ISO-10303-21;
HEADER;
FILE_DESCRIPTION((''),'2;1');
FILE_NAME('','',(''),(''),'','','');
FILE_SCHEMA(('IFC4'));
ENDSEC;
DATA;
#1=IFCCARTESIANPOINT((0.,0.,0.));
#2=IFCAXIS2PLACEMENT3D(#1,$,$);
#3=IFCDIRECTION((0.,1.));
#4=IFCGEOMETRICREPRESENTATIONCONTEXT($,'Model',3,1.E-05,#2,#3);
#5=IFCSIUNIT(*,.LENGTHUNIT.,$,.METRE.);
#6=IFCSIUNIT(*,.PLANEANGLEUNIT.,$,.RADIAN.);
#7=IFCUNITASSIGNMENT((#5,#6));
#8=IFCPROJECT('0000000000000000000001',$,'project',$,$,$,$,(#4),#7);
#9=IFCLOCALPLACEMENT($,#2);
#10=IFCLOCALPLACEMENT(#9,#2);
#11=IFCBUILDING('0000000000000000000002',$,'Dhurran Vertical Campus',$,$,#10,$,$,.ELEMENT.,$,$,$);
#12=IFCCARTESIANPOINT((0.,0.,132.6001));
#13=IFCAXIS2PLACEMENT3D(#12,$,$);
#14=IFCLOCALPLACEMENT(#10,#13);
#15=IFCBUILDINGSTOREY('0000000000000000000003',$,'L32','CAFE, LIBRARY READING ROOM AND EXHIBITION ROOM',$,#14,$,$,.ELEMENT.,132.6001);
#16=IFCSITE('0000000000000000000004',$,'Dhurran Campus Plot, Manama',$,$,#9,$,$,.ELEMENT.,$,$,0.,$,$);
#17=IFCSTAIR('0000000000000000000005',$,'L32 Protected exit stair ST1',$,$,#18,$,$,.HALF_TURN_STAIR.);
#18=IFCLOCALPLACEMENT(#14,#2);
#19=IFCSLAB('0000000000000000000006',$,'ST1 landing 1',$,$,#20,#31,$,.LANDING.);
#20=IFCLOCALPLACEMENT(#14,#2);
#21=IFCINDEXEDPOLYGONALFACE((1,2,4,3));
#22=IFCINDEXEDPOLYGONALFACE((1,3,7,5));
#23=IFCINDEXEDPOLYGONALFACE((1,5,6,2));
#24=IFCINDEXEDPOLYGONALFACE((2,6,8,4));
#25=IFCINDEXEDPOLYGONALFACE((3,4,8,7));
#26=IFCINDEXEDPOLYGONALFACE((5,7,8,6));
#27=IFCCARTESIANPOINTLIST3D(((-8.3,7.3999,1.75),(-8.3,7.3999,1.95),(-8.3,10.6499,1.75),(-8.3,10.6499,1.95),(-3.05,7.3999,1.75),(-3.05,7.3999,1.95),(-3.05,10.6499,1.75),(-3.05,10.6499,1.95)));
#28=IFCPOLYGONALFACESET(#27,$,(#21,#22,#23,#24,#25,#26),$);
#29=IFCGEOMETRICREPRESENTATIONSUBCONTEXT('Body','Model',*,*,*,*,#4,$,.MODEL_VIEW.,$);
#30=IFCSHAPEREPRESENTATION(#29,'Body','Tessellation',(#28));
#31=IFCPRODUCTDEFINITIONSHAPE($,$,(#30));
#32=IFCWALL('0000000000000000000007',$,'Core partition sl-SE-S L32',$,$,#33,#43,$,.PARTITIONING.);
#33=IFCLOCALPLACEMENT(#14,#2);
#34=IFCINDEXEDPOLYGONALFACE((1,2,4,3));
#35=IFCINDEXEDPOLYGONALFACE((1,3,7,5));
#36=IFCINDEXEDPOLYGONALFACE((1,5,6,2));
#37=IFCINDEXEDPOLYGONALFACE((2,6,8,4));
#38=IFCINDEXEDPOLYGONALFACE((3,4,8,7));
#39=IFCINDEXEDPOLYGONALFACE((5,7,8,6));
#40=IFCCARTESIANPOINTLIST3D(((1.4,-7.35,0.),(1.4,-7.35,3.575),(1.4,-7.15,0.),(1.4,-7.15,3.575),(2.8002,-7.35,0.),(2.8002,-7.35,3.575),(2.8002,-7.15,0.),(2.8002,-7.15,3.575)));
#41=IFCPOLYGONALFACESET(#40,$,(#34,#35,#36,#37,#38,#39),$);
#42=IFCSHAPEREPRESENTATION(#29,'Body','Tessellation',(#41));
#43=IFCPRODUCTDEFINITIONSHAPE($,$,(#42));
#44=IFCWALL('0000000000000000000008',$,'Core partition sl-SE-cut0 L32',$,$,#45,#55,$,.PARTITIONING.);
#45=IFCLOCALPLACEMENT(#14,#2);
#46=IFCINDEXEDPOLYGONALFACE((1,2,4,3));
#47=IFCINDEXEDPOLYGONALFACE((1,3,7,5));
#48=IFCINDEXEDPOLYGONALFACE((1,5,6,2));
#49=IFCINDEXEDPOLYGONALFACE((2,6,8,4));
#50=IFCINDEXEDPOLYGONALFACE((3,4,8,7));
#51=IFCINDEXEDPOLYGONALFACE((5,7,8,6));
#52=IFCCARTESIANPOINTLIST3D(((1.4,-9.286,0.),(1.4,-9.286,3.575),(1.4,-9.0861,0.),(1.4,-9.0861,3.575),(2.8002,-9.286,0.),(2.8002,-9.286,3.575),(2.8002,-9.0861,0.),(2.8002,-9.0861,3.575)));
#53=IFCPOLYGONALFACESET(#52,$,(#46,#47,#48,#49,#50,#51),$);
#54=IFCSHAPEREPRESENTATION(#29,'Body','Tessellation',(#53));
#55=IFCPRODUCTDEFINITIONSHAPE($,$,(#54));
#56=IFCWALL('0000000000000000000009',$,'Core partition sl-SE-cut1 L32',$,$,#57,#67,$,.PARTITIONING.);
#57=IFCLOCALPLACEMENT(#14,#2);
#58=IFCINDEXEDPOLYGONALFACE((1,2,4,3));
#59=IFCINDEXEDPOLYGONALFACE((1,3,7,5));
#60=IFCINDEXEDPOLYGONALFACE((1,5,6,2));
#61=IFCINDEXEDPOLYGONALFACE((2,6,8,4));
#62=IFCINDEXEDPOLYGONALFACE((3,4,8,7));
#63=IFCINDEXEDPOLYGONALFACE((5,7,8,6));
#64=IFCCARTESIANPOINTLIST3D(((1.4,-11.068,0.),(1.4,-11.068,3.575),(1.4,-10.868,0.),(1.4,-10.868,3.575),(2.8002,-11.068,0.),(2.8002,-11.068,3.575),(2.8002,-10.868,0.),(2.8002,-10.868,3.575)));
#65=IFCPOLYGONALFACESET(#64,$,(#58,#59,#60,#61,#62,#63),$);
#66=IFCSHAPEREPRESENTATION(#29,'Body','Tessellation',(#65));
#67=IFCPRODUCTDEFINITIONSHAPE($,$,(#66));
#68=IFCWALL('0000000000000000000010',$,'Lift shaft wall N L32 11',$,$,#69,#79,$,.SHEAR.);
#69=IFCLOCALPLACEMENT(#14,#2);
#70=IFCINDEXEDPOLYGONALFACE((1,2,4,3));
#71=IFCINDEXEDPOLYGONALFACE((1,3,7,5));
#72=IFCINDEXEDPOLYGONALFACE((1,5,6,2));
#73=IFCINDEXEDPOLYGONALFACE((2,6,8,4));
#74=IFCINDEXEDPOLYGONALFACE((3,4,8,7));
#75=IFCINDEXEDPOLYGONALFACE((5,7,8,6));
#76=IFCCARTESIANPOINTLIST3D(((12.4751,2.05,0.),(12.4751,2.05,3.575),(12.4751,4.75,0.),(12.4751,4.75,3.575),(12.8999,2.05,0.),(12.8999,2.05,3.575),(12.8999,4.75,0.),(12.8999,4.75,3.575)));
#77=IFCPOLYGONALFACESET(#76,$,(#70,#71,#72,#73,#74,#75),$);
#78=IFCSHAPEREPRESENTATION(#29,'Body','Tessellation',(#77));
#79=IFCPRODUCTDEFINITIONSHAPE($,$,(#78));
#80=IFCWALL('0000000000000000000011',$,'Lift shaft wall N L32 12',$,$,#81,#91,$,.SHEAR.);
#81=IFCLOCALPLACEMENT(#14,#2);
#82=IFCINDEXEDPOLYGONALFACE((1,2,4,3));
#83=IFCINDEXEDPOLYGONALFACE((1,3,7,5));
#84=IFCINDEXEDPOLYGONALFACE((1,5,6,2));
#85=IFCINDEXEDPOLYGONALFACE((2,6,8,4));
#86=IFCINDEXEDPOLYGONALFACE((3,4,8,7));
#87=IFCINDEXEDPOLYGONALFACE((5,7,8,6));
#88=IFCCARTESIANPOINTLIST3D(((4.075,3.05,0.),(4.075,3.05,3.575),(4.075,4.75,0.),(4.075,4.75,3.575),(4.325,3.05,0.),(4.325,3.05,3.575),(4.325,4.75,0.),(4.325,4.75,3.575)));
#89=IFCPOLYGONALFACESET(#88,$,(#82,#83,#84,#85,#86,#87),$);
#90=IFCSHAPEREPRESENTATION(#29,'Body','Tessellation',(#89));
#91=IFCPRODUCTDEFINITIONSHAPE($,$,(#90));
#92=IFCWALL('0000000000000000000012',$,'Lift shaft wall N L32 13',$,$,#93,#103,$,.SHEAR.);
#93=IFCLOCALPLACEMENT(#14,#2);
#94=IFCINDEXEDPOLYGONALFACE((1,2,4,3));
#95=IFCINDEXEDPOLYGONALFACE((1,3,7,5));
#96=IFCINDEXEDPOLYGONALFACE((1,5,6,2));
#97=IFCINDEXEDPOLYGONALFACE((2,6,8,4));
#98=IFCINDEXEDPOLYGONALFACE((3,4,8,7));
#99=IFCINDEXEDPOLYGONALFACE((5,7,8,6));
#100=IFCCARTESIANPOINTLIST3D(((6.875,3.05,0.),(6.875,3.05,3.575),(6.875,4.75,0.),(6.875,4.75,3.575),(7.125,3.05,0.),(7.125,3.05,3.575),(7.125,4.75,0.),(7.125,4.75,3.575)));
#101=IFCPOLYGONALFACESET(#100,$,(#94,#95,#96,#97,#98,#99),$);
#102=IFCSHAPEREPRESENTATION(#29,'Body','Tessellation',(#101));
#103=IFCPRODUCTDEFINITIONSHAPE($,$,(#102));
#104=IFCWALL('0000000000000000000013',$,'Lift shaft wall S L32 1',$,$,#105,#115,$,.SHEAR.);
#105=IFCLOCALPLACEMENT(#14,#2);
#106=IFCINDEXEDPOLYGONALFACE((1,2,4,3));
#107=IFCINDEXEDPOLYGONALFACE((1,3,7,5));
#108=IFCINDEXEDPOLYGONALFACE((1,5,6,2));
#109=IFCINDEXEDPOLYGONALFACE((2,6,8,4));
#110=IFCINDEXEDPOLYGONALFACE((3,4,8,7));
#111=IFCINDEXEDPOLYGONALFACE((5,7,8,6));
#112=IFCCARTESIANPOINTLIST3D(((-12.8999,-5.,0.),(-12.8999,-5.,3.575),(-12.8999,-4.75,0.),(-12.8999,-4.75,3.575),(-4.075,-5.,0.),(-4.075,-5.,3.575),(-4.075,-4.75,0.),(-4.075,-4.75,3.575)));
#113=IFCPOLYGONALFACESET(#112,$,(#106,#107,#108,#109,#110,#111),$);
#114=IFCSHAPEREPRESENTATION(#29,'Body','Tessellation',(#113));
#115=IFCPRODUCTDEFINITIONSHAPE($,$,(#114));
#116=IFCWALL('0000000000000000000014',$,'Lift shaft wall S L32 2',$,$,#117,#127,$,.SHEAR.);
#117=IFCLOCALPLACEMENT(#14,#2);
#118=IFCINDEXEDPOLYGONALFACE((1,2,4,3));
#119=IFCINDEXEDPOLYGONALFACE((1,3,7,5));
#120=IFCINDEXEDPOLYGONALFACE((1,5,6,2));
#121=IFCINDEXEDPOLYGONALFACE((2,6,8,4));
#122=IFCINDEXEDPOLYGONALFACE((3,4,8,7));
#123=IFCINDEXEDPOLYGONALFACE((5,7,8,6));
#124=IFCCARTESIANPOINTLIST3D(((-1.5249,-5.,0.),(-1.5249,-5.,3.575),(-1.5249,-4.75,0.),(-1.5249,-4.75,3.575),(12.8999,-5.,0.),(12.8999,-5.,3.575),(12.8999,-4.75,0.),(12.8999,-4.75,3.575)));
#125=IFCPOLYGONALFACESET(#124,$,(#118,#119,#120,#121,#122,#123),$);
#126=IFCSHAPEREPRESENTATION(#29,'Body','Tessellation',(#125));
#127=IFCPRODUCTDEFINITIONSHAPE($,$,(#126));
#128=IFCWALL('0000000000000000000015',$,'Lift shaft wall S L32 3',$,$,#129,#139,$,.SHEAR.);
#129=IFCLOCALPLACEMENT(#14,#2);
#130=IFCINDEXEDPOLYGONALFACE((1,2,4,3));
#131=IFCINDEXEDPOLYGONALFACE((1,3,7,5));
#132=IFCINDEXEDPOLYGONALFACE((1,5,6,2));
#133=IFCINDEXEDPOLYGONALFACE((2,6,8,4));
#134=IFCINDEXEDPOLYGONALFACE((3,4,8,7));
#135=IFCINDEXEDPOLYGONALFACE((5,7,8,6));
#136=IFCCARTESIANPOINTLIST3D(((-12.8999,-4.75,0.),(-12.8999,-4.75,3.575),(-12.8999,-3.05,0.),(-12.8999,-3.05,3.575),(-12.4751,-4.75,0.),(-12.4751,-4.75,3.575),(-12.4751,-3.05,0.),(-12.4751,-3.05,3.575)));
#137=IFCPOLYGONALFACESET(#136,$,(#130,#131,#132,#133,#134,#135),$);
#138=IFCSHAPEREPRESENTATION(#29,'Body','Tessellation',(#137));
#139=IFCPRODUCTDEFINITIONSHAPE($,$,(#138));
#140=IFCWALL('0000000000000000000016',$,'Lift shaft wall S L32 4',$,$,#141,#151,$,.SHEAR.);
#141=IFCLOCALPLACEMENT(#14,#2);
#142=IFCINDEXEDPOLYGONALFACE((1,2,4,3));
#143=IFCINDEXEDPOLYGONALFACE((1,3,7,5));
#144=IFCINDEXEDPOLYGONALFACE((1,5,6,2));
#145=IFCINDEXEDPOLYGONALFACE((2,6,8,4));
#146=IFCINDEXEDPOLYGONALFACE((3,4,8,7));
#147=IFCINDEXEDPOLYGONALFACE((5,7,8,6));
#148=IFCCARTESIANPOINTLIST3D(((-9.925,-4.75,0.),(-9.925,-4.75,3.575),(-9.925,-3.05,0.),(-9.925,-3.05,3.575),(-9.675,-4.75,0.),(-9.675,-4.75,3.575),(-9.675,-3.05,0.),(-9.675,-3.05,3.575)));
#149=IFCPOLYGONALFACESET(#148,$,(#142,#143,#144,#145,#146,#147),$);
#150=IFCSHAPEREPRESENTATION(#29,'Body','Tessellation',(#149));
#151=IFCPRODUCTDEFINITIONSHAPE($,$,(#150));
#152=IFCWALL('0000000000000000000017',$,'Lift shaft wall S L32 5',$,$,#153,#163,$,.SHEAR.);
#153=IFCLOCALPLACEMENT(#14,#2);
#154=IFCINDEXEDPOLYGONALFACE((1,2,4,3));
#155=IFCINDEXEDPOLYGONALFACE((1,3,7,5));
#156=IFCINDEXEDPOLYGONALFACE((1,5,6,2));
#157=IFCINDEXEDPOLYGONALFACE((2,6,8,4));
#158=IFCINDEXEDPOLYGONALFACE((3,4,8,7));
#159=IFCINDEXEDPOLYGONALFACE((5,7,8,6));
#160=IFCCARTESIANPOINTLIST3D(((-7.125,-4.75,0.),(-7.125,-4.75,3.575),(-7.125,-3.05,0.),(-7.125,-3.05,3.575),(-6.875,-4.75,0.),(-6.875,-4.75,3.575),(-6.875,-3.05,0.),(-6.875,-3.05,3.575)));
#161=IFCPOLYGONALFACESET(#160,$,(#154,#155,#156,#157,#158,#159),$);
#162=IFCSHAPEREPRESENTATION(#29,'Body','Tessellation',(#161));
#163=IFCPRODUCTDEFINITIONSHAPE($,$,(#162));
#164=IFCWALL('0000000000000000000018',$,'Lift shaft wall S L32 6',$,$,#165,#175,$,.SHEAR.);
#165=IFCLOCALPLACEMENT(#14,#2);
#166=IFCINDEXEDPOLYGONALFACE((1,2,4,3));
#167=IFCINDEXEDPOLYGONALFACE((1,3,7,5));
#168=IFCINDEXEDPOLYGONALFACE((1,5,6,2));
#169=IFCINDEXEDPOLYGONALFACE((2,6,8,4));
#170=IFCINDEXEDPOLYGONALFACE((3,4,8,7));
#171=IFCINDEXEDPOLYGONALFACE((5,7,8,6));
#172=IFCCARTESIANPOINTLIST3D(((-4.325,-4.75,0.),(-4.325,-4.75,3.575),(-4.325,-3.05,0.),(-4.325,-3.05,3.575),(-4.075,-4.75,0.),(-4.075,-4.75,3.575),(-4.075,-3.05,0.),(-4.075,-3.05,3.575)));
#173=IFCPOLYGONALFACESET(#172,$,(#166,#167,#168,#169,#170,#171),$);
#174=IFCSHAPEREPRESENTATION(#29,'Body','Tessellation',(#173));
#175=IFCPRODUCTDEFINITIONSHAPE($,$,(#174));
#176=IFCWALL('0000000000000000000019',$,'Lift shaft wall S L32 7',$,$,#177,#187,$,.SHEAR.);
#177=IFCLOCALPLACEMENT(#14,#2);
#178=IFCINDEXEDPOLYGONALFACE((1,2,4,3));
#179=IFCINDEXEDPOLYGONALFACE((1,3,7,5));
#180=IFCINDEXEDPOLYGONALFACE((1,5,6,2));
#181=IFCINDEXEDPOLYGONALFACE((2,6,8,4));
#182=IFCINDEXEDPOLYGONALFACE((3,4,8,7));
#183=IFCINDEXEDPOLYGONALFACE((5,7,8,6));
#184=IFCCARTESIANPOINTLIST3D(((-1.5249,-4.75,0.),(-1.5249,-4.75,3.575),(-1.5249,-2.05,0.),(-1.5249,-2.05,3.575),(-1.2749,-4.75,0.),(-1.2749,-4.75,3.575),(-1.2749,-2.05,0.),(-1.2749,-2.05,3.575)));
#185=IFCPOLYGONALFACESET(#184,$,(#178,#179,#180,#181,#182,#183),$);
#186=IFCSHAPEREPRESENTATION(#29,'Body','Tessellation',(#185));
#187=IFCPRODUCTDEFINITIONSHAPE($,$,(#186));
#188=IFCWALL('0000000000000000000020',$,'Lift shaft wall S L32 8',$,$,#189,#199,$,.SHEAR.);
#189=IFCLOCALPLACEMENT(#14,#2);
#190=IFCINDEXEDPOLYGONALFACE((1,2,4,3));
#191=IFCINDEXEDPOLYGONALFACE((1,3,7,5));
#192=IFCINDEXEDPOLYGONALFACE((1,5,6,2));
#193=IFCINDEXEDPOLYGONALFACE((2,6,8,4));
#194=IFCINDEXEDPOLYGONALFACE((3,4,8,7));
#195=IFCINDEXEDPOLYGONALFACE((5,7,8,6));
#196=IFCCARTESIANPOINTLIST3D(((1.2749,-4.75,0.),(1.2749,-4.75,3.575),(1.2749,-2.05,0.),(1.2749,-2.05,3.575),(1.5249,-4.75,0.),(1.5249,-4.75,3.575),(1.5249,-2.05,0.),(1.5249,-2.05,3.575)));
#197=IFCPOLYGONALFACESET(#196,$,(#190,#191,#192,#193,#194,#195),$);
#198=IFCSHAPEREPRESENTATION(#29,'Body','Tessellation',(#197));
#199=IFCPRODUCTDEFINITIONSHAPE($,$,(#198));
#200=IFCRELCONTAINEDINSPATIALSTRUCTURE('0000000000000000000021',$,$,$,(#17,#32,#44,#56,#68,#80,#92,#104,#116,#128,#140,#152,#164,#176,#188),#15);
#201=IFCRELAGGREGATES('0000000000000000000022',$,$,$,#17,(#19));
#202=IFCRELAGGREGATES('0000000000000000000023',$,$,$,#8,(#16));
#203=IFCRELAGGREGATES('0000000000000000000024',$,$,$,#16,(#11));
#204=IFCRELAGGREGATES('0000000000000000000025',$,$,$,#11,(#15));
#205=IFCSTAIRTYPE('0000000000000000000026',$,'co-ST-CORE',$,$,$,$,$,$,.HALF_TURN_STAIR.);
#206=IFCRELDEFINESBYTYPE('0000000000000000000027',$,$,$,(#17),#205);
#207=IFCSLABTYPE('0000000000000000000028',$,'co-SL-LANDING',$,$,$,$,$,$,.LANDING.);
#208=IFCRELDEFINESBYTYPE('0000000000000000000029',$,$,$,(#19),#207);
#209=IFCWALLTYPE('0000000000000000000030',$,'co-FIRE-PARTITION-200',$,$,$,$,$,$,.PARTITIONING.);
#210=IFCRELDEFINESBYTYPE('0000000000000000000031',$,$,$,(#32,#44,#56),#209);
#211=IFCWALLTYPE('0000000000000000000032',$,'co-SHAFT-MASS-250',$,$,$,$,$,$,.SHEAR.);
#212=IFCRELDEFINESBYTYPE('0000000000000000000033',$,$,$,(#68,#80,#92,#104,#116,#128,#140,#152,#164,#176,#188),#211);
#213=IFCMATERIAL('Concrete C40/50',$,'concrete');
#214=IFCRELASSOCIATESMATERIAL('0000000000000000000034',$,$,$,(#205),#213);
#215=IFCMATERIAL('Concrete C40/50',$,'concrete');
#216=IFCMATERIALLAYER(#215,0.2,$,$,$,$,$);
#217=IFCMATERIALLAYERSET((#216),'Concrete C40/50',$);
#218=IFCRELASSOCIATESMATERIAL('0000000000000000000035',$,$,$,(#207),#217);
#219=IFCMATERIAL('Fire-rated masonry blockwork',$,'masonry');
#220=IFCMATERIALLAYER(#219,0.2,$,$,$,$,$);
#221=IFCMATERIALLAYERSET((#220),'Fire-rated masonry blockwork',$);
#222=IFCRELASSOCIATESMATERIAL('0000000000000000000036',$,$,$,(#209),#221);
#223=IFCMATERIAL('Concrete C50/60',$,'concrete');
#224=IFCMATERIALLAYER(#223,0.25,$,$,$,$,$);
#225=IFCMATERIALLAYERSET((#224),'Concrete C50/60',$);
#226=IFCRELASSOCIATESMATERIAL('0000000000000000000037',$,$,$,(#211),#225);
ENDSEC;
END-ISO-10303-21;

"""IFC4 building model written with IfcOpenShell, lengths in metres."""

from ifc_helpers import new_model, si_unit, direction, frame, frame_2d, origin, place, context, subcontext, project, spatial, polyline, rectangle, outline, extrude, material, layer, layer_set, type_object, element, aggregate, save


model = new_model("IFC4")

# Units and contexts
model_context = context("Model", 3, precision=1e-05, world=origin(), true_north=direction((0.0, 1.0)))
body_context = subcontext(model_context, "Body", "Model", "MODEL_VIEW")
ifc_project = project(units=[si_unit("LENGTHUNIT", "METRE"), si_unit("PLANEANGLEUNIT", "RADIAN")], contexts=[model_context])

# Site, building, storey
site_placement = place(None, origin())
site = spatial("IfcSite", under=ifc_project, at=site_placement, Name="Dhurran Campus Plot, Manama", CompositionType="ELEMENT", RefElevation=0.0)
building_placement = place(site_placement, origin())
building = spatial("IfcBuilding", under=site, at=building_placement, Name="Dhurran Vertical Campus", CompositionType="ELEMENT")
storey_placement = place(building_placement, frame((0.0, 0.0, 132.6001)))
storey = spatial("IfcBuildingStorey", under=building, at=storey_placement, Name="L32", Description="CAFE, LIBRARY READING ROOM AND EXHIBITION ROOM", CompositionType="ELEMENT", Elevation=132.6001)

# Stair, slab
ifc_material_1 = material(Name="Concrete C40/50", Category="concrete")
stair_type = type_object("IfcStairType", Name="co-ST-CORE", PredefinedType="HALF_TURN_STAIR", material=ifc_material_1)
stair_placement = place(storey_placement, origin())
stair = element("IfcStair", 1, at=stair_placement, inside=storey, type_object=stair_type, Name="L32 Protected exit stair ST1", PredefinedType="HALF_TURN_STAIR")
ifc_material_2 = material(Name="Concrete C40/50", Category="concrete")
ifc_layer_1 = layer(ifc_material_2, 0.2)
ifc_layer_set_1 = layer_set([ifc_layer_1], Name="Concrete C40/50")
slab_type = type_object("IfcSlabType", Name="co-SL-LANDING", PredefinedType="LANDING", material=ifc_layer_set_1)
slab_placement = place(storey_placement, frame((0.0, 0.0, 1.75)))
slab = element("IfcSlab", 2, at=slab_placement, type_object=slab_type, Name="ST1 landing 1", PredefinedType="LANDING", context=body_context, shape_type="SweptSolid", body=[
    extrude(outline(polyline([(-8.3, 7.3999), (-3.05, 7.3999), (-3.05, 10.6499), (-8.3, 10.6499), (-8.3, 7.3999)])), origin(), (0.0, 0.0, 1.0), 0.2),
])
aggregate(stair, [slab])

# Walls
ifc_material_3 = material(Name="Fire-rated masonry blockwork", Category="masonry")
ifc_layer_2 = layer(ifc_material_3, 0.2)
ifc_layer_set_2 = layer_set([ifc_layer_2], Name="Fire-rated masonry blockwork")
wall_type_1 = type_object("IfcWallType", Name="co-FIRE-PARTITION-200", PredefinedType="PARTITIONING", material=ifc_layer_set_2)
for number, where, z_axis, x_axis, name in (
    (3, (1.3999, -7.25, 0.0), (0.0, 0.0, 1.0), (1.0, 0.0, 0.0), "Core partition sl-SE-S L32"),
    (4, (1.3999, -9.186, 0.0), (0.0, 0.0, 1.0), (1.0, 0.0, 0.0), "Core partition sl-SE-cut0 L32"),
    (5, (1.3999, -10.968, 0.0), (0.0, 0.0, 1.0), (1.0, 0.0, 0.0), "Core partition sl-SE-cut1 L32"),
):
    element("IfcWall", number, at=place(storey_placement, frame(where, z_axis=z_axis, x_axis=x_axis)), inside=storey, type_object=wall_type_1, Name=name, PredefinedType="PARTITIONING", context=body_context, shape_type="SweptSolid", body=[
        extrude(rectangle(XDim=1.4001, YDim=0.2, at=frame_2d((0.7002, 0.0))), origin(), (0.0, 0.0, 1.0), 3.575),
    ])
ifc_material_4 = material(Name="Concrete C50/60", Category="concrete")
ifc_layer_3 = layer(ifc_material_4, 0.25)
ifc_layer_set_3 = layer_set([ifc_layer_3], Name="Concrete C50/60")
wall_type_2 = type_object("IfcWallType", Name="co-SHAFT-MASS-250", PredefinedType="SHEAR", material=ifc_layer_set_3)
wall_1_placement = place(storey_placement, origin())
element("IfcWall", 6, at=wall_1_placement, inside=storey, type_object=wall_type_2, Name="Lift shaft wall N L32 11", PredefinedType="SHEAR", context=body_context, shape_type="SweptSolid", body=[
    extrude(outline(polyline([(12.4751, 2.05), (12.8999, 2.05), (12.8999, 4.75), (12.4751, 4.75), (12.4751, 2.05)])), origin(), (0.0, 0.0, 1.0), 3.575),
])
wall_2_placement = place(storey_placement, origin())
element("IfcWall", 7, at=wall_2_placement, inside=storey, type_object=wall_type_2, Name="Lift shaft wall N L32 12", PredefinedType="SHEAR", context=body_context, shape_type="SweptSolid", body=[
    extrude(outline(polyline([(4.075, 3.05), (4.325, 3.05), (4.325, 4.75), (4.075, 4.75), (4.075, 3.05)])), origin(), (0.0, 0.0, 1.0), 3.575),
])
wall_3_placement = place(storey_placement, origin())
element("IfcWall", 8, at=wall_3_placement, inside=storey, type_object=wall_type_2, Name="Lift shaft wall N L32 13", PredefinedType="SHEAR", context=body_context, shape_type="SweptSolid", body=[
    extrude(outline(polyline([(6.875, 3.05), (7.125, 3.05), (7.125, 4.75), (6.875, 4.75), (6.875, 3.05)])), origin(), (0.0, 0.0, 1.0), 3.575),
])
wall_4_placement = place(storey_placement, origin())
element("IfcWall", 9, at=wall_4_placement, inside=storey, type_object=wall_type_2, Name="Lift shaft wall S L32 1", PredefinedType="SHEAR", context=body_context, shape_type="SweptSolid", body=[
    extrude(outline(polyline([(-12.8999, -5.0), (-4.075, -5.0), (-4.075, -4.75), (-12.8999, -4.75), (-12.8999, -5.0)])), origin(), (0.0, 0.0, 1.0), 3.575),
])
wall_5_placement = place(storey_placement, origin())
element("IfcWall", 10, at=wall_5_placement, inside=storey, type_object=wall_type_2, Name="Lift shaft wall S L32 2", PredefinedType="SHEAR", context=body_context, shape_type="SweptSolid", body=[
    extrude(outline(polyline([(-1.5249, -5.0), (12.8999, -5.0), (12.8999, -4.75), (-1.5249, -4.75), (-1.5249, -5.0)])), origin(), (0.0, 0.0, 1.0), 3.575),
])
wall_6_placement = place(storey_placement, origin())
element("IfcWall", 11, at=wall_6_placement, inside=storey, type_object=wall_type_2, Name="Lift shaft wall S L32 3", PredefinedType="SHEAR", context=body_context, shape_type="SweptSolid", body=[
    extrude(outline(polyline([(-12.8999, -4.75), (-12.4751, -4.75), (-12.4751, -3.05), (-12.8999, -3.05), (-12.8999, -4.75)])), origin(), (0.0, 0.0, 1.0), 3.575),
])
wall_7_placement = place(storey_placement, origin())
element("IfcWall", 12, at=wall_7_placement, inside=storey, type_object=wall_type_2, Name="Lift shaft wall S L32 4", PredefinedType="SHEAR", context=body_context, shape_type="SweptSolid", body=[
    extrude(outline(polyline([(-9.925, -4.75), (-9.675, -4.75), (-9.675, -3.05), (-9.925, -3.05), (-9.925, -4.75)])), origin(), (0.0, 0.0, 1.0), 3.575),
])
wall_8_placement = place(storey_placement, origin())
element("IfcWall", 13, at=wall_8_placement, inside=storey, type_object=wall_type_2, Name="Lift shaft wall S L32 5", PredefinedType="SHEAR", context=body_context, shape_type="SweptSolid", body=[
    extrude(outline(polyline([(-7.125, -4.75), (-6.875, -4.75), (-6.875, -3.05), (-7.125, -3.05), (-7.125, -4.75)])), origin(), (0.0, 0.0, 1.0), 3.575),
])
wall_9_placement = place(storey_placement, origin())
element("IfcWall", 14, at=wall_9_placement, inside=storey, type_object=wall_type_2, Name="Lift shaft wall S L32 6", PredefinedType="SHEAR", context=body_context, shape_type="SweptSolid", body=[
    extrude(outline(polyline([(-4.325, -4.75), (-4.075, -4.75), (-4.075, -3.05), (-4.325, -3.05), (-4.325, -4.75)])), origin(), (0.0, 0.0, 1.0), 3.575),
])
wall_10_placement = place(storey_placement, origin())
element("IfcWall", 15, at=wall_10_placement, inside=storey, type_object=wall_type_2, Name="Lift shaft wall S L32 7", PredefinedType="SHEAR", context=body_context, shape_type="SweptSolid", body=[
    extrude(outline(polyline([(-1.5249, -4.75), (-1.2749, -4.75), (-1.2749, -2.05), (-1.5249, -2.05), (-1.5249, -4.75)])), origin(), (0.0, 0.0, 1.0), 3.575),
])
wall_11_placement = place(storey_placement, origin())
element("IfcWall", 16, at=wall_11_placement, inside=storey, type_object=wall_type_2, Name="Lift shaft wall S L32 8", PredefinedType="SHEAR", context=body_context, shape_type="SweptSolid", body=[
    extrude(outline(polyline([(1.2749, -4.75), (1.5249, -4.75), (1.5249, -2.05), (1.2749, -2.05), (1.2749, -4.75)])), origin(), (0.0, 0.0, 1.0), 3.575),
])

save(model, "model.ifc")
